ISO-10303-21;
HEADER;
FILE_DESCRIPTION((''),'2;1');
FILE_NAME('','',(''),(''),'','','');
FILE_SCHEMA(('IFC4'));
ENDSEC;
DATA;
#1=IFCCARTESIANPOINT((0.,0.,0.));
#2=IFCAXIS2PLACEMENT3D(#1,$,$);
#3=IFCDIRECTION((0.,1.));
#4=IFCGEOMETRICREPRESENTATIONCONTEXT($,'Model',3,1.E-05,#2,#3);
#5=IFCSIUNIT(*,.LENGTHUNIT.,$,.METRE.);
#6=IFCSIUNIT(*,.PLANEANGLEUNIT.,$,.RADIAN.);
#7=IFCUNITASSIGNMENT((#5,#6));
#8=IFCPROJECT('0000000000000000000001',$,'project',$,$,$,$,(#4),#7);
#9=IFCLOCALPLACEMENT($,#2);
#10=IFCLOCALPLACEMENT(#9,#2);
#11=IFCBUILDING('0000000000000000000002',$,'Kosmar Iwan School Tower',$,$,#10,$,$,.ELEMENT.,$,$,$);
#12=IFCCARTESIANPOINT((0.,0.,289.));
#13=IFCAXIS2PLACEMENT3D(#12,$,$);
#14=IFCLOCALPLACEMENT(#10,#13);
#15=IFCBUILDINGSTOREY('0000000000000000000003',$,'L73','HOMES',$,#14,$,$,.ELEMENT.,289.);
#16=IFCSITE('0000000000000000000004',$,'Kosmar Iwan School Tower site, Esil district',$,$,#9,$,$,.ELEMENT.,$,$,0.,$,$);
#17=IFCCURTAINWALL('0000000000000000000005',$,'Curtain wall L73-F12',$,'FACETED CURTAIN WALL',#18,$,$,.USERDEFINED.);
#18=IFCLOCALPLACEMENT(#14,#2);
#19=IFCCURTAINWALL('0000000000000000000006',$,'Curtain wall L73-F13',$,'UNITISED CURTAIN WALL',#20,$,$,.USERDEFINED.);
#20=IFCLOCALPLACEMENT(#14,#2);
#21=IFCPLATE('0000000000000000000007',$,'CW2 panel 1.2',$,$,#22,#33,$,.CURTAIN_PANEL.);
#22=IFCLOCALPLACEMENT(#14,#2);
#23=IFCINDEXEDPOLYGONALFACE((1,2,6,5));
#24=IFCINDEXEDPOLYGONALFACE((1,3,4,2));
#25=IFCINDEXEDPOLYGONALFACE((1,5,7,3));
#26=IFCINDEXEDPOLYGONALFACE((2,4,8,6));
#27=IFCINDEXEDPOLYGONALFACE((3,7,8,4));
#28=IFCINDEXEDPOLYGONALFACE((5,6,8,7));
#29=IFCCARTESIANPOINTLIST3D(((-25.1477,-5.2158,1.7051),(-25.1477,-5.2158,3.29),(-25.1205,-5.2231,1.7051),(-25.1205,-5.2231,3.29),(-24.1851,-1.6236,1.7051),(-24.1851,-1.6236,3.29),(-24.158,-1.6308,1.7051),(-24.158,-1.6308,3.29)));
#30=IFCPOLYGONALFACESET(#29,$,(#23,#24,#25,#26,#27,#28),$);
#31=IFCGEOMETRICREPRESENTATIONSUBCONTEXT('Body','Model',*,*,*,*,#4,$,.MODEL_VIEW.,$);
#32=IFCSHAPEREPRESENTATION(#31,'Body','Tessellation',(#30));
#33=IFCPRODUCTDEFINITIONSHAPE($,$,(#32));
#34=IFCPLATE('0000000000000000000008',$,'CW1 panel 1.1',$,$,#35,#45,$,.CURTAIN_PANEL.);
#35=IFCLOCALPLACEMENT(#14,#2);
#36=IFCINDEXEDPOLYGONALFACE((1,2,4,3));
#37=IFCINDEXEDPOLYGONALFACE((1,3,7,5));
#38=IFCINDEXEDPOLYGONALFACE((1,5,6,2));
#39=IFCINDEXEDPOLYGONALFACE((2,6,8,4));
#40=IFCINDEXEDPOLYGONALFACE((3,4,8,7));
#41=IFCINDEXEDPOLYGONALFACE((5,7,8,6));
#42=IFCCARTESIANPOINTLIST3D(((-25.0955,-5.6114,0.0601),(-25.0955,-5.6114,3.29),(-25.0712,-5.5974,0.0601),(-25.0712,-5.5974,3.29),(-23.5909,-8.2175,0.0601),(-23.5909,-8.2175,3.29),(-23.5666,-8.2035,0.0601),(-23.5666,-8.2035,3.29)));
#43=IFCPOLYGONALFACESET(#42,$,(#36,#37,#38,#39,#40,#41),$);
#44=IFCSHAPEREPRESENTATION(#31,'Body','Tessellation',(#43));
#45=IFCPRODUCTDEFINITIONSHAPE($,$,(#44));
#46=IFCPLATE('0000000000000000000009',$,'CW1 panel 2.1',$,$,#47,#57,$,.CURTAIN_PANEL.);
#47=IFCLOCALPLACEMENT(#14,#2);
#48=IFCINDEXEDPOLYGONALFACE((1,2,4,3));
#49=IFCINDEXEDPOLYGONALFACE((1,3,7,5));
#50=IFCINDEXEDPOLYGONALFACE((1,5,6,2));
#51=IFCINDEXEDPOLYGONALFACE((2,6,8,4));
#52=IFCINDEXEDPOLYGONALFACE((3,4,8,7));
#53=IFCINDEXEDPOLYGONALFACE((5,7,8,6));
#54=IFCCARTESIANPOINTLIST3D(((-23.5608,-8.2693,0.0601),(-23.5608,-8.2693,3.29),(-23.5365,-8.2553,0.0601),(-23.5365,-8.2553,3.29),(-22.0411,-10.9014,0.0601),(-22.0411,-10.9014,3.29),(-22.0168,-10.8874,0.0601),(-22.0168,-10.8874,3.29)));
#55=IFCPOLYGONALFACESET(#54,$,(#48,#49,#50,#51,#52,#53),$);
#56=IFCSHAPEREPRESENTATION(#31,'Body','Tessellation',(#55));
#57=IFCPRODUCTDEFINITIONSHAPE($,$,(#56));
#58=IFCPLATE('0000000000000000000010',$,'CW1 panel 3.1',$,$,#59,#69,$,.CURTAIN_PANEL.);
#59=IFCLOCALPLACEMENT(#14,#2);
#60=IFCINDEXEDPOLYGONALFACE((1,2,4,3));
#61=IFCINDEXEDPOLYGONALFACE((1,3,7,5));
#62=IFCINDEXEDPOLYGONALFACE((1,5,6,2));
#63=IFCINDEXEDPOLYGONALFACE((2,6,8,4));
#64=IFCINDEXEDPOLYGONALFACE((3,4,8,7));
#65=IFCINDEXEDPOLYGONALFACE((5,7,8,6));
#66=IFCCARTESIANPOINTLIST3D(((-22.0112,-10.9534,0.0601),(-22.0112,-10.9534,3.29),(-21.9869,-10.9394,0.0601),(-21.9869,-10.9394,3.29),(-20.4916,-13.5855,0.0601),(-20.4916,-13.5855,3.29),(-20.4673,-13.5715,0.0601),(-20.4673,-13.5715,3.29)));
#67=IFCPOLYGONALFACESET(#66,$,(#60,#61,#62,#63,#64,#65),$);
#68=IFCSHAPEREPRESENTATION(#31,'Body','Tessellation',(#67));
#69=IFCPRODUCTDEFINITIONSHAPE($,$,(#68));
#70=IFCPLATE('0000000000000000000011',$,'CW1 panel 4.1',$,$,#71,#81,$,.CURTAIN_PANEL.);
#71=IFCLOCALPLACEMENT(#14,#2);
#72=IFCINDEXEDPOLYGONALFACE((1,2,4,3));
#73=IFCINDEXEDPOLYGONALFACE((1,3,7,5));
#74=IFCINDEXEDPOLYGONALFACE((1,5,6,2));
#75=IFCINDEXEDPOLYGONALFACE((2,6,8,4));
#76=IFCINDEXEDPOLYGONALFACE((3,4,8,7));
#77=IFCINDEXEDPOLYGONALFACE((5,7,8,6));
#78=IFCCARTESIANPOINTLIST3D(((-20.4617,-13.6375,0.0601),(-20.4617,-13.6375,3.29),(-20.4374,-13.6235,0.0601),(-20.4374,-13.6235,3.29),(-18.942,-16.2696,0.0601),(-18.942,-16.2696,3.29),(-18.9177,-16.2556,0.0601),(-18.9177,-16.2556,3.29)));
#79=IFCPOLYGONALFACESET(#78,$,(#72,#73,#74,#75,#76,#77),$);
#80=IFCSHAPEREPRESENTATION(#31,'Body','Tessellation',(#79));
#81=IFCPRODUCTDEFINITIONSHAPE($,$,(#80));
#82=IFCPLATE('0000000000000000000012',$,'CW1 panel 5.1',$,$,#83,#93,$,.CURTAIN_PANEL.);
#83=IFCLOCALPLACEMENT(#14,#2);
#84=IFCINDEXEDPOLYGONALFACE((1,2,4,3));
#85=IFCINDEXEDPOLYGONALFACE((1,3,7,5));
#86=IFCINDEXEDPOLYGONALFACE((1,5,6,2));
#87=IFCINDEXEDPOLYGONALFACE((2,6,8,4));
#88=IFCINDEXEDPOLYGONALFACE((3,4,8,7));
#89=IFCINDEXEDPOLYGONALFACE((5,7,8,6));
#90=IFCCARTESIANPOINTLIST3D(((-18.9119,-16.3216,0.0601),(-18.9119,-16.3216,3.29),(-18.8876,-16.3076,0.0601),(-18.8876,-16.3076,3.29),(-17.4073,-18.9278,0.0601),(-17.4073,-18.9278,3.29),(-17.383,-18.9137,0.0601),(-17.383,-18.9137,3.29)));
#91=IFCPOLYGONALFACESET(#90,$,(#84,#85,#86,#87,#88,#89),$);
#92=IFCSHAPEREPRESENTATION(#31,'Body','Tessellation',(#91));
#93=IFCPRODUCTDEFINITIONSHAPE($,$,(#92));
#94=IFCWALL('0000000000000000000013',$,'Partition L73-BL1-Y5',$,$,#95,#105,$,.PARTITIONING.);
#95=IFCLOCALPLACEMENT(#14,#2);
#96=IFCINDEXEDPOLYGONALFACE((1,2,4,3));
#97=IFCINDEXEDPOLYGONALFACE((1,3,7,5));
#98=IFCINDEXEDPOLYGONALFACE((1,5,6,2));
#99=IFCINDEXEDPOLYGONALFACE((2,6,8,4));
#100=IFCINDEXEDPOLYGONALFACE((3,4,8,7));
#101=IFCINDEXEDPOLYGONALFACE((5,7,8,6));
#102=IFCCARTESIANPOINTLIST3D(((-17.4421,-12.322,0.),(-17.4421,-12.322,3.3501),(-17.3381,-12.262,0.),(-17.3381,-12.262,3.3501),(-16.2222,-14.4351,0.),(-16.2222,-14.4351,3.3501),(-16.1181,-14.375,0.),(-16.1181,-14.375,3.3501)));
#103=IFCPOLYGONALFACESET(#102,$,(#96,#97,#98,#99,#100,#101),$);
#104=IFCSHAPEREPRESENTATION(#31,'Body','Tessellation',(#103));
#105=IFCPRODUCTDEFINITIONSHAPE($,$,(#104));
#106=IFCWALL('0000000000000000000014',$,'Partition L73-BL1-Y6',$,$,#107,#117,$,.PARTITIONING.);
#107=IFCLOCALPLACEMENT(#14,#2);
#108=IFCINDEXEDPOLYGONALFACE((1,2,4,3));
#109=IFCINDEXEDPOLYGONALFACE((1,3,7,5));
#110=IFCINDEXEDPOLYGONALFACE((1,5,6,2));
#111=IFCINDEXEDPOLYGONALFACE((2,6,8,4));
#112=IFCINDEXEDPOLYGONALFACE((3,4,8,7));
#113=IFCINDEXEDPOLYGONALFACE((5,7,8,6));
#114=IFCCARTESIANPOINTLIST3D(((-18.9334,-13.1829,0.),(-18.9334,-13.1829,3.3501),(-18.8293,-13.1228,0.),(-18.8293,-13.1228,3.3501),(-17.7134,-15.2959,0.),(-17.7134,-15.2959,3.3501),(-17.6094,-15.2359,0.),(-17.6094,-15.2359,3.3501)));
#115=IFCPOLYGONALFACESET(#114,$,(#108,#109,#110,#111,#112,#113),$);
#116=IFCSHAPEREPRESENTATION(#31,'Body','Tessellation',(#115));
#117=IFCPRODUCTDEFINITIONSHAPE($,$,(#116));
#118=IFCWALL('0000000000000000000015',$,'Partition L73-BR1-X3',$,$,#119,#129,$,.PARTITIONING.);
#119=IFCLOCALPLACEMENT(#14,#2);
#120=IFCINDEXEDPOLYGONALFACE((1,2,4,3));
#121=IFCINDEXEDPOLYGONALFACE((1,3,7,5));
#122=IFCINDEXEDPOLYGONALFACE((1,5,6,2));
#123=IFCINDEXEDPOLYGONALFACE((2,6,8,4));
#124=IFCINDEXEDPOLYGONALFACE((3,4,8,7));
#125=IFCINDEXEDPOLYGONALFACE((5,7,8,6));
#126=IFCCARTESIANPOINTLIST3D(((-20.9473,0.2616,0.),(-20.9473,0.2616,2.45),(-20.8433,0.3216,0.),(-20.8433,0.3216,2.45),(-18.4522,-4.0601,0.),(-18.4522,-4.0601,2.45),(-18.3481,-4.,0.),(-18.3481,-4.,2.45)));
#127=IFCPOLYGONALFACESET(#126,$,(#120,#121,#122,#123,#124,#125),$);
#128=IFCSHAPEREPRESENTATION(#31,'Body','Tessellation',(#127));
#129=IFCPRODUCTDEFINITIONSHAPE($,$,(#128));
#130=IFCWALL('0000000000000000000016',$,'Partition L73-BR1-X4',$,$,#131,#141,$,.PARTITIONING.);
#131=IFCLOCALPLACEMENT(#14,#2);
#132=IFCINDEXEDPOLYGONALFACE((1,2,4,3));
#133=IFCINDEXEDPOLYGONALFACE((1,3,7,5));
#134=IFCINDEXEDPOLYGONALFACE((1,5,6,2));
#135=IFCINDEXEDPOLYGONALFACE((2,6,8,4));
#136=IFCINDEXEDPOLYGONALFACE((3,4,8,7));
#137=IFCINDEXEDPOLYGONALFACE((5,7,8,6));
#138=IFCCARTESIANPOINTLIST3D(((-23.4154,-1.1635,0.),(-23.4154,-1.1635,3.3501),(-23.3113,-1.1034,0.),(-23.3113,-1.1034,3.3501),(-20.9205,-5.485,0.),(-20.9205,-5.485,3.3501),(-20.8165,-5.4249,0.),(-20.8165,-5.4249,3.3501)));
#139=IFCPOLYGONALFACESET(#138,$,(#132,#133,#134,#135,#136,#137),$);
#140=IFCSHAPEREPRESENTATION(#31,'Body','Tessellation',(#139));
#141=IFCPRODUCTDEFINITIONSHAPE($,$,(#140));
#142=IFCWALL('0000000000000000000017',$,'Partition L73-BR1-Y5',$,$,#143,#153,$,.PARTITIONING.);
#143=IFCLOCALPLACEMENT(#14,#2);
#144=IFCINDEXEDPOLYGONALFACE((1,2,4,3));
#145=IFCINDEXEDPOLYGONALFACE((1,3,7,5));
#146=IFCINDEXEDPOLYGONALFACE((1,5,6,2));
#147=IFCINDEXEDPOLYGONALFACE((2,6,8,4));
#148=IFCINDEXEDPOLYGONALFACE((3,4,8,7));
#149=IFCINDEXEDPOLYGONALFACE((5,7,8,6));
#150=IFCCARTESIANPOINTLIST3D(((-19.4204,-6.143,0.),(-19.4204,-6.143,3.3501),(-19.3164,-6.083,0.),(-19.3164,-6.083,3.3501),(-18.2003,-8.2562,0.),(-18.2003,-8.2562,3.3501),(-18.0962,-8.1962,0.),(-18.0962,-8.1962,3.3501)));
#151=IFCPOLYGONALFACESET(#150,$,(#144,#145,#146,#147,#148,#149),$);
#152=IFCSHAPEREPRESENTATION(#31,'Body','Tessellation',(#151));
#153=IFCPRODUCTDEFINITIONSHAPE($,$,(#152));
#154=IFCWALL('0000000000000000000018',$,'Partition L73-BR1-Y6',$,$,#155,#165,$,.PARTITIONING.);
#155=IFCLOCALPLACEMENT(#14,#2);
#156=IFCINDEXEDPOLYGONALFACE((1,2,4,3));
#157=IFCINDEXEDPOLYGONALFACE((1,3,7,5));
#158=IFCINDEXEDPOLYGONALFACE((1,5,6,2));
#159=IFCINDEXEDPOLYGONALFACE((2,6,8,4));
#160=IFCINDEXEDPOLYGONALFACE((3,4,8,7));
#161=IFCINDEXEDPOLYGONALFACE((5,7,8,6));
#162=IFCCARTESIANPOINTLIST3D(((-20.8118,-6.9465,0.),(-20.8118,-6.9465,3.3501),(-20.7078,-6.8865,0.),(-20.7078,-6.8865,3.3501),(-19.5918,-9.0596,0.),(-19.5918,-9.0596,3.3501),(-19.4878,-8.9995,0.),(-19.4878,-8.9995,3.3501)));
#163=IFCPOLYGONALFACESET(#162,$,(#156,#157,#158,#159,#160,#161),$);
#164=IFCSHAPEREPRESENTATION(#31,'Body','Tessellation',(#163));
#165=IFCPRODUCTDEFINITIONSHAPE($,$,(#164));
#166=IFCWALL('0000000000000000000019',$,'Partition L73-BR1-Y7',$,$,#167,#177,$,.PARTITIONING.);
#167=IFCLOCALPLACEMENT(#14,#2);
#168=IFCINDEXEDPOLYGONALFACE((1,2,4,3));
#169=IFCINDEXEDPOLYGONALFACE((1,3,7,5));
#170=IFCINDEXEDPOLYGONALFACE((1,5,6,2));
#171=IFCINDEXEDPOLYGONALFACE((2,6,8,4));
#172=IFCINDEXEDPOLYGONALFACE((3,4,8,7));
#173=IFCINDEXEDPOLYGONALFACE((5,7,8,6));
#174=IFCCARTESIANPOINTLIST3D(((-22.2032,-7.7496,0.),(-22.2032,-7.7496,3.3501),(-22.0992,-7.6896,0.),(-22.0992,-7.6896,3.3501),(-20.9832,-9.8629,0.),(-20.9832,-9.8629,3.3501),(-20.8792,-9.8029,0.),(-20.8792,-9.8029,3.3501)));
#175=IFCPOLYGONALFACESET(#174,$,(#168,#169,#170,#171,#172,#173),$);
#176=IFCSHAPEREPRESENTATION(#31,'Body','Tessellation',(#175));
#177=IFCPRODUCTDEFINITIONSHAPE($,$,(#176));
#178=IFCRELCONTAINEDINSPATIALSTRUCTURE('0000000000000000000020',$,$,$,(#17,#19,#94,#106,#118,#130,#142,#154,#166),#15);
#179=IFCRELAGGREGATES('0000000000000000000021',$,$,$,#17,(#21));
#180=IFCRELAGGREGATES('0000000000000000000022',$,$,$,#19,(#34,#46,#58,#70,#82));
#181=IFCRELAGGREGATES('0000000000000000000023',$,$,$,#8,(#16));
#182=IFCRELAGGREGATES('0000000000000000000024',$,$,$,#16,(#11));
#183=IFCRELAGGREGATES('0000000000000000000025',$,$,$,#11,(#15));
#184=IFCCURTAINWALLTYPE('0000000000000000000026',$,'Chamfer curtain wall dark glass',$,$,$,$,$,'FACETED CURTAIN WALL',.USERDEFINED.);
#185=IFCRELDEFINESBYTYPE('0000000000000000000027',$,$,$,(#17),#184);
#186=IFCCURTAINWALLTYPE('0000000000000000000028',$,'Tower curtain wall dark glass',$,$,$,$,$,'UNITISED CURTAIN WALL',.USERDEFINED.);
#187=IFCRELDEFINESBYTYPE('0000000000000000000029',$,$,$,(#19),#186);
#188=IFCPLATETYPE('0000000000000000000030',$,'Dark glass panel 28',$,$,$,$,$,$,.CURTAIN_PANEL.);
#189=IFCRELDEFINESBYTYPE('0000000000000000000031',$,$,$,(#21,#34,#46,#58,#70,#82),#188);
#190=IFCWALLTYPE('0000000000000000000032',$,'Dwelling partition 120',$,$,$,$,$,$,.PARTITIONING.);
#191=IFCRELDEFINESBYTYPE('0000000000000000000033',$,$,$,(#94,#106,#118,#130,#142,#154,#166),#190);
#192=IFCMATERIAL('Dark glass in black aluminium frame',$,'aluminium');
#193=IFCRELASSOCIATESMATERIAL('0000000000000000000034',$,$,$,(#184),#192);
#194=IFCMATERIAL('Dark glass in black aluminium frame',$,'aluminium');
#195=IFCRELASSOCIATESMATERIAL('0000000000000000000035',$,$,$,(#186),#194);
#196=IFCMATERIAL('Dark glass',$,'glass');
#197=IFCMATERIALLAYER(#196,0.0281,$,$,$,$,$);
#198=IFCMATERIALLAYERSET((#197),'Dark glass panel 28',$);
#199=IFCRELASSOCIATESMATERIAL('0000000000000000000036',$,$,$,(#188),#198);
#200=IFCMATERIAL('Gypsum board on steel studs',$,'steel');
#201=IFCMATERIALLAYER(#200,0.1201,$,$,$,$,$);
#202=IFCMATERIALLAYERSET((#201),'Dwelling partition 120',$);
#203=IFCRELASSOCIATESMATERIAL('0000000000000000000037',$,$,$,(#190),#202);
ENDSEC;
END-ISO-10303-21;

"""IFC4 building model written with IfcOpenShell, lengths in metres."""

from ifc_helpers import new_model, si_unit, direction, frame, frame_2d, origin, origin_2d, place, context, subcontext, project, spatial, rectangle, extrude, material, layer, layer_set, type_object, element, aggregate, save


model = new_model("IFC4")

# Units and contexts
model_context = context("Model", 3, precision=1e-05, world=origin(), true_north=direction((0.0, 1.0)))
body_context = subcontext(model_context, "Body", "Model", "MODEL_VIEW")
ifc_project = project(units=[si_unit("LENGTHUNIT", "METRE"), si_unit("PLANEANGLEUNIT", "RADIAN")], contexts=[model_context])

# Site, building, storey
site_placement = place(None, origin())
site = spatial("IfcSite", under=ifc_project, at=site_placement, Name="Kosmar Iwan School Tower site, Esil district", CompositionType="ELEMENT", RefElevation=0.0)
building_placement = place(site_placement, origin())
building = spatial("IfcBuilding", under=site, at=building_placement, Name="Kosmar Iwan School Tower", CompositionType="ELEMENT")
storey_placement = place(building_placement, frame((0.0, 0.0, 289.0)))
storey = spatial("IfcBuildingStorey", under=building, at=storey_placement, Name="L73", Description="HOMES", CompositionType="ELEMENT", Elevation=289.0)

# Curtain wall
ifc_material_1 = material(Name="Dark glass in black aluminium frame", Category="aluminium")
curtain_wall_type_1 = type_object("IfcCurtainWallType", Name="Chamfer curtain wall dark glass", ElementType="FACETED CURTAIN WALL", PredefinedType="USERDEFINED", material=ifc_material_1)
curtain_wall_1_placement = place(storey_placement, origin())
curtain_wall_1 = element("IfcCurtainWall", 1, at=curtain_wall_1_placement, inside=storey, type_object=curtain_wall_type_1, Name="Curtain wall L73-F12", ObjectType="FACETED CURTAIN WALL", PredefinedType="USERDEFINED")

# Curtain wall
ifc_material_2 = material(Name="Dark glass in black aluminium frame", Category="aluminium")
curtain_wall_type_2 = type_object("IfcCurtainWallType", Name="Tower curtain wall dark glass", ElementType="UNITISED CURTAIN WALL", PredefinedType="USERDEFINED", material=ifc_material_2)
curtain_wall_2_placement = place(storey_placement, origin())
curtain_wall_2 = element("IfcCurtainWall", 2, at=curtain_wall_2_placement, inside=storey, type_object=curtain_wall_type_2, Name="Curtain wall L73-F13", ObjectType="UNITISED CURTAIN WALL", PredefinedType="USERDEFINED")

# Plates
ifc_material_3 = material(Name="Dark glass", Category="glass")
ifc_layer_1 = layer(ifc_material_3, 0.0281)
ifc_layer_set_1 = layer_set([ifc_layer_1], Name="Dark glass panel 28")
plate_type = type_object("IfcPlateType", Name="Dark glass panel 28", PredefinedType="CURTAIN_PANEL", material=ifc_layer_set_1)
plate_1_placement = place(storey_placement, frame((-24.6528, -3.4233, 1.7051), z_axis=(0.0, 0.0, 1.0), x_axis=(-0.258819, -0.965926, 0.0)))
plate_1 = element("IfcPlate", 3, at=plate_1_placement, type_object=plate_type, Name="CW2 panel 1.2", PredefinedType="CURTAIN_PANEL", context=body_context, shape_type="SweptSolid", body=[
    extrude(rectangle(XDim=3.719, YDim=0.0281, at=origin_2d()), origin(), (0.0, 0.0, 1.0), 1.585),
])
aggregate(curtain_wall_1, [plate_1])
plate_2_placement = place(storey_placement, frame((-24.3311, -6.9075, 0.0601), z_axis=(0.0, 0.0, 1.0), x_axis=(0.5, -0.866025, 0.0)))
plate_2 = element("IfcPlate", 4, at=plate_2_placement, type_object=plate_type, Name="CW1 panel 1.1", PredefinedType="CURTAIN_PANEL", context=body_context, shape_type="SweptSolid", body=[
    extrude(rectangle(XDim=3.0093, YDim=0.0281, at=origin_2d()), origin(), (0.0, 0.0, 1.0), 3.23),
])
plate_3_placement = place(storey_placement, frame((-22.7888, -9.5784, 0.0601), z_axis=(0.0, 0.0, 1.0), x_axis=(0.5, -0.866025, 0.0)))
plate_3 = element("IfcPlate", 5, at=plate_3_placement, type_object=plate_type, Name="CW1 panel 2.1", PredefinedType="CURTAIN_PANEL", context=body_context, shape_type="SweptSolid", body=[
    extrude(rectangle(XDim=3.0393, YDim=0.0281, at=origin_2d()), origin(), (0.0, 0.0, 1.0), 3.23),
])
plate_4_placement = place(storey_placement, frame((-21.2393, -12.2625, 0.0601), z_axis=(0.0, 0.0, 1.0), x_axis=(0.5, -0.866025, 0.0)))
plate_4 = element("IfcPlate", 6, at=plate_4_placement, type_object=plate_type, Name="CW1 panel 3.1", PredefinedType="CURTAIN_PANEL", context=body_context, shape_type="SweptSolid", body=[
    extrude(rectangle(XDim=3.0393, YDim=0.0281, at=origin_2d()), origin(), (0.0, 0.0, 1.0), 3.23),
])
plate_5_placement = place(storey_placement, frame((-19.6897, -14.9465, 0.0601), z_axis=(0.0, 0.0, 1.0), x_axis=(0.5, -0.866025, 0.0)))
plate_5 = element("IfcPlate", 7, at=plate_5_placement, type_object=plate_type, Name="CW1 panel 4.1", PredefinedType="CURTAIN_PANEL", context=body_context, shape_type="SweptSolid", body=[
    extrude(rectangle(XDim=3.0393, YDim=0.0281, at=origin_2d()), origin(), (0.0, 0.0, 1.0), 3.23),
])
plate_6_placement = place(storey_placement, frame((-18.1475, -17.6177, 0.0601), z_axis=(0.0, 0.0, 1.0), x_axis=(0.5, -0.866025, 0.0)))
plate_6 = element("IfcPlate", 8, at=plate_6_placement, type_object=plate_type, Name="CW1 panel 5.1", PredefinedType="CURTAIN_PANEL", context=body_context, shape_type="SweptSolid", body=[
    extrude(rectangle(XDim=3.0093, YDim=0.0281, at=origin_2d()), origin(), (0.0, 0.0, 1.0), 3.23),
])
aggregate(curtain_wall_2, [plate_2, plate_3, plate_4, plate_5, plate_6])

# Walls
ifc_material_4 = material(Name="Gypsum board on steel studs", Category="steel")
ifc_layer_2 = layer(ifc_material_4, 0.1201)
ifc_layer_set_2 = layer_set([ifc_layer_2], Name="Dwelling partition 120")
wall_type = type_object("IfcWallType", Name="Dwelling partition 120", PredefinedType="PARTITIONING", material=ifc_layer_set_2)
for number, where, z_axis, x_axis, name in (
    (9, (-17.3901, -12.292, 0.0), (0.0, 0.0, 1.0), (0.500003, -0.866024, 0.0), "Partition L73-BL1-Y5"),
    (10, (-18.8813, -13.1528, 0.0), (0.0, 0.0, 1.0), (0.500003, -0.866024, 0.0), "Partition L73-BL1-Y6"),
):
    element("IfcWall", number, at=place(storey_placement, frame(where, z_axis=z_axis, x_axis=x_axis)), inside=storey, type_object=wall_type, Name=name, PredefinedType="PARTITIONING", context=body_context, shape_type="SweptSolid", body=[
        extrude(rectangle(XDim=2.4399, YDim=0.1201, at=frame_2d((1.22, 0.0))), origin(), (0.0, 0.0, 1.0), 3.3501),
    ])
wall_1_placement = place(storey_placement, frame((-18.4001, -4.03, 0.0), z_axis=(0.0, 0.0, 1.0), x_axis=(-0.500012, 0.866019, 0.0)))
element("IfcWall", 11, at=wall_1_placement, inside=storey, type_object=wall_type, Name="Partition L73-BR1-X3", PredefinedType="PARTITIONING", context=body_context, shape_type="SweptSolid", body=[
    extrude(rectangle(XDim=4.9902, YDim=0.1201, at=frame_2d((2.4951, 0.0))), origin(), (0.0, 0.0, 1.0), 2.45),
])
wall_2_placement = place(storey_placement, frame((-20.8684, -5.4551, 0.0), z_axis=(0.0, 0.0, 1.0), x_axis=(-0.499975, 0.86604, 0.0)))
element("IfcWall", 12, at=wall_2_placement, inside=storey, type_object=wall_type, Name="Partition L73-BR1-X4", PredefinedType="PARTITIONING", context=body_context, shape_type="SweptSolid", body=[
    extrude(rectangle(XDim=4.99, YDim=0.1201, at=frame_2d((2.4951, 0.0))), origin(), (0.0, 0.0, 1.0), 3.3501),
])
wall_3_placement = place(storey_placement, frame((-18.1482, -8.2263, 0.0), z_axis=(0.0, 0.0, 1.0), x_axis=(-0.500034, 0.866006, 0.0)))
element("IfcWall", 13, at=wall_3_placement, inside=storey, type_object=wall_type, Name="Partition L73-BR1-Y5", PredefinedType="PARTITIONING", context=body_context, shape_type="SweptSolid", body=[
    extrude(rectangle(XDim=2.4402, YDim=0.1201, at=frame_2d((1.2202, 0.0))), origin(), (0.0, 0.0, 1.0), 3.3501),
])
wall_4_placement = place(storey_placement, frame((-19.5398, -9.0295, 0.0), z_axis=(0.0, 0.0, 1.0), x_axis=(-0.500003, 0.866024, 0.0)))
element("IfcWall", 14, at=wall_4_placement, inside=storey, type_object=wall_type, Name="Partition L73-BR1-Y6", PredefinedType="PARTITIONING", context=body_context, shape_type="SweptSolid", body=[
    extrude(rectangle(XDim=2.4399, YDim=0.1201, at=frame_2d((1.22, 0.0))), origin(), (0.0, 0.0, 1.0), 3.3501),
])
wall_5_placement = place(storey_placement, frame((-20.9312, -9.833, 0.0), z_axis=(0.0, 0.0, 1.0), x_axis=(-0.499959, 0.866049, 0.0)))
element("IfcWall", 15, at=wall_5_placement, inside=storey, type_object=wall_type, Name="Partition L73-BR1-Y7", PredefinedType="PARTITIONING", context=body_context, shape_type="SweptSolid", body=[
    extrude(rectangle(XDim=2.4402, YDim=0.1201, at=frame_2d((1.2202, 0.0))), origin(), (0.0, 0.0, 1.0), 3.3501),
])

save(model, "model.ifc")
